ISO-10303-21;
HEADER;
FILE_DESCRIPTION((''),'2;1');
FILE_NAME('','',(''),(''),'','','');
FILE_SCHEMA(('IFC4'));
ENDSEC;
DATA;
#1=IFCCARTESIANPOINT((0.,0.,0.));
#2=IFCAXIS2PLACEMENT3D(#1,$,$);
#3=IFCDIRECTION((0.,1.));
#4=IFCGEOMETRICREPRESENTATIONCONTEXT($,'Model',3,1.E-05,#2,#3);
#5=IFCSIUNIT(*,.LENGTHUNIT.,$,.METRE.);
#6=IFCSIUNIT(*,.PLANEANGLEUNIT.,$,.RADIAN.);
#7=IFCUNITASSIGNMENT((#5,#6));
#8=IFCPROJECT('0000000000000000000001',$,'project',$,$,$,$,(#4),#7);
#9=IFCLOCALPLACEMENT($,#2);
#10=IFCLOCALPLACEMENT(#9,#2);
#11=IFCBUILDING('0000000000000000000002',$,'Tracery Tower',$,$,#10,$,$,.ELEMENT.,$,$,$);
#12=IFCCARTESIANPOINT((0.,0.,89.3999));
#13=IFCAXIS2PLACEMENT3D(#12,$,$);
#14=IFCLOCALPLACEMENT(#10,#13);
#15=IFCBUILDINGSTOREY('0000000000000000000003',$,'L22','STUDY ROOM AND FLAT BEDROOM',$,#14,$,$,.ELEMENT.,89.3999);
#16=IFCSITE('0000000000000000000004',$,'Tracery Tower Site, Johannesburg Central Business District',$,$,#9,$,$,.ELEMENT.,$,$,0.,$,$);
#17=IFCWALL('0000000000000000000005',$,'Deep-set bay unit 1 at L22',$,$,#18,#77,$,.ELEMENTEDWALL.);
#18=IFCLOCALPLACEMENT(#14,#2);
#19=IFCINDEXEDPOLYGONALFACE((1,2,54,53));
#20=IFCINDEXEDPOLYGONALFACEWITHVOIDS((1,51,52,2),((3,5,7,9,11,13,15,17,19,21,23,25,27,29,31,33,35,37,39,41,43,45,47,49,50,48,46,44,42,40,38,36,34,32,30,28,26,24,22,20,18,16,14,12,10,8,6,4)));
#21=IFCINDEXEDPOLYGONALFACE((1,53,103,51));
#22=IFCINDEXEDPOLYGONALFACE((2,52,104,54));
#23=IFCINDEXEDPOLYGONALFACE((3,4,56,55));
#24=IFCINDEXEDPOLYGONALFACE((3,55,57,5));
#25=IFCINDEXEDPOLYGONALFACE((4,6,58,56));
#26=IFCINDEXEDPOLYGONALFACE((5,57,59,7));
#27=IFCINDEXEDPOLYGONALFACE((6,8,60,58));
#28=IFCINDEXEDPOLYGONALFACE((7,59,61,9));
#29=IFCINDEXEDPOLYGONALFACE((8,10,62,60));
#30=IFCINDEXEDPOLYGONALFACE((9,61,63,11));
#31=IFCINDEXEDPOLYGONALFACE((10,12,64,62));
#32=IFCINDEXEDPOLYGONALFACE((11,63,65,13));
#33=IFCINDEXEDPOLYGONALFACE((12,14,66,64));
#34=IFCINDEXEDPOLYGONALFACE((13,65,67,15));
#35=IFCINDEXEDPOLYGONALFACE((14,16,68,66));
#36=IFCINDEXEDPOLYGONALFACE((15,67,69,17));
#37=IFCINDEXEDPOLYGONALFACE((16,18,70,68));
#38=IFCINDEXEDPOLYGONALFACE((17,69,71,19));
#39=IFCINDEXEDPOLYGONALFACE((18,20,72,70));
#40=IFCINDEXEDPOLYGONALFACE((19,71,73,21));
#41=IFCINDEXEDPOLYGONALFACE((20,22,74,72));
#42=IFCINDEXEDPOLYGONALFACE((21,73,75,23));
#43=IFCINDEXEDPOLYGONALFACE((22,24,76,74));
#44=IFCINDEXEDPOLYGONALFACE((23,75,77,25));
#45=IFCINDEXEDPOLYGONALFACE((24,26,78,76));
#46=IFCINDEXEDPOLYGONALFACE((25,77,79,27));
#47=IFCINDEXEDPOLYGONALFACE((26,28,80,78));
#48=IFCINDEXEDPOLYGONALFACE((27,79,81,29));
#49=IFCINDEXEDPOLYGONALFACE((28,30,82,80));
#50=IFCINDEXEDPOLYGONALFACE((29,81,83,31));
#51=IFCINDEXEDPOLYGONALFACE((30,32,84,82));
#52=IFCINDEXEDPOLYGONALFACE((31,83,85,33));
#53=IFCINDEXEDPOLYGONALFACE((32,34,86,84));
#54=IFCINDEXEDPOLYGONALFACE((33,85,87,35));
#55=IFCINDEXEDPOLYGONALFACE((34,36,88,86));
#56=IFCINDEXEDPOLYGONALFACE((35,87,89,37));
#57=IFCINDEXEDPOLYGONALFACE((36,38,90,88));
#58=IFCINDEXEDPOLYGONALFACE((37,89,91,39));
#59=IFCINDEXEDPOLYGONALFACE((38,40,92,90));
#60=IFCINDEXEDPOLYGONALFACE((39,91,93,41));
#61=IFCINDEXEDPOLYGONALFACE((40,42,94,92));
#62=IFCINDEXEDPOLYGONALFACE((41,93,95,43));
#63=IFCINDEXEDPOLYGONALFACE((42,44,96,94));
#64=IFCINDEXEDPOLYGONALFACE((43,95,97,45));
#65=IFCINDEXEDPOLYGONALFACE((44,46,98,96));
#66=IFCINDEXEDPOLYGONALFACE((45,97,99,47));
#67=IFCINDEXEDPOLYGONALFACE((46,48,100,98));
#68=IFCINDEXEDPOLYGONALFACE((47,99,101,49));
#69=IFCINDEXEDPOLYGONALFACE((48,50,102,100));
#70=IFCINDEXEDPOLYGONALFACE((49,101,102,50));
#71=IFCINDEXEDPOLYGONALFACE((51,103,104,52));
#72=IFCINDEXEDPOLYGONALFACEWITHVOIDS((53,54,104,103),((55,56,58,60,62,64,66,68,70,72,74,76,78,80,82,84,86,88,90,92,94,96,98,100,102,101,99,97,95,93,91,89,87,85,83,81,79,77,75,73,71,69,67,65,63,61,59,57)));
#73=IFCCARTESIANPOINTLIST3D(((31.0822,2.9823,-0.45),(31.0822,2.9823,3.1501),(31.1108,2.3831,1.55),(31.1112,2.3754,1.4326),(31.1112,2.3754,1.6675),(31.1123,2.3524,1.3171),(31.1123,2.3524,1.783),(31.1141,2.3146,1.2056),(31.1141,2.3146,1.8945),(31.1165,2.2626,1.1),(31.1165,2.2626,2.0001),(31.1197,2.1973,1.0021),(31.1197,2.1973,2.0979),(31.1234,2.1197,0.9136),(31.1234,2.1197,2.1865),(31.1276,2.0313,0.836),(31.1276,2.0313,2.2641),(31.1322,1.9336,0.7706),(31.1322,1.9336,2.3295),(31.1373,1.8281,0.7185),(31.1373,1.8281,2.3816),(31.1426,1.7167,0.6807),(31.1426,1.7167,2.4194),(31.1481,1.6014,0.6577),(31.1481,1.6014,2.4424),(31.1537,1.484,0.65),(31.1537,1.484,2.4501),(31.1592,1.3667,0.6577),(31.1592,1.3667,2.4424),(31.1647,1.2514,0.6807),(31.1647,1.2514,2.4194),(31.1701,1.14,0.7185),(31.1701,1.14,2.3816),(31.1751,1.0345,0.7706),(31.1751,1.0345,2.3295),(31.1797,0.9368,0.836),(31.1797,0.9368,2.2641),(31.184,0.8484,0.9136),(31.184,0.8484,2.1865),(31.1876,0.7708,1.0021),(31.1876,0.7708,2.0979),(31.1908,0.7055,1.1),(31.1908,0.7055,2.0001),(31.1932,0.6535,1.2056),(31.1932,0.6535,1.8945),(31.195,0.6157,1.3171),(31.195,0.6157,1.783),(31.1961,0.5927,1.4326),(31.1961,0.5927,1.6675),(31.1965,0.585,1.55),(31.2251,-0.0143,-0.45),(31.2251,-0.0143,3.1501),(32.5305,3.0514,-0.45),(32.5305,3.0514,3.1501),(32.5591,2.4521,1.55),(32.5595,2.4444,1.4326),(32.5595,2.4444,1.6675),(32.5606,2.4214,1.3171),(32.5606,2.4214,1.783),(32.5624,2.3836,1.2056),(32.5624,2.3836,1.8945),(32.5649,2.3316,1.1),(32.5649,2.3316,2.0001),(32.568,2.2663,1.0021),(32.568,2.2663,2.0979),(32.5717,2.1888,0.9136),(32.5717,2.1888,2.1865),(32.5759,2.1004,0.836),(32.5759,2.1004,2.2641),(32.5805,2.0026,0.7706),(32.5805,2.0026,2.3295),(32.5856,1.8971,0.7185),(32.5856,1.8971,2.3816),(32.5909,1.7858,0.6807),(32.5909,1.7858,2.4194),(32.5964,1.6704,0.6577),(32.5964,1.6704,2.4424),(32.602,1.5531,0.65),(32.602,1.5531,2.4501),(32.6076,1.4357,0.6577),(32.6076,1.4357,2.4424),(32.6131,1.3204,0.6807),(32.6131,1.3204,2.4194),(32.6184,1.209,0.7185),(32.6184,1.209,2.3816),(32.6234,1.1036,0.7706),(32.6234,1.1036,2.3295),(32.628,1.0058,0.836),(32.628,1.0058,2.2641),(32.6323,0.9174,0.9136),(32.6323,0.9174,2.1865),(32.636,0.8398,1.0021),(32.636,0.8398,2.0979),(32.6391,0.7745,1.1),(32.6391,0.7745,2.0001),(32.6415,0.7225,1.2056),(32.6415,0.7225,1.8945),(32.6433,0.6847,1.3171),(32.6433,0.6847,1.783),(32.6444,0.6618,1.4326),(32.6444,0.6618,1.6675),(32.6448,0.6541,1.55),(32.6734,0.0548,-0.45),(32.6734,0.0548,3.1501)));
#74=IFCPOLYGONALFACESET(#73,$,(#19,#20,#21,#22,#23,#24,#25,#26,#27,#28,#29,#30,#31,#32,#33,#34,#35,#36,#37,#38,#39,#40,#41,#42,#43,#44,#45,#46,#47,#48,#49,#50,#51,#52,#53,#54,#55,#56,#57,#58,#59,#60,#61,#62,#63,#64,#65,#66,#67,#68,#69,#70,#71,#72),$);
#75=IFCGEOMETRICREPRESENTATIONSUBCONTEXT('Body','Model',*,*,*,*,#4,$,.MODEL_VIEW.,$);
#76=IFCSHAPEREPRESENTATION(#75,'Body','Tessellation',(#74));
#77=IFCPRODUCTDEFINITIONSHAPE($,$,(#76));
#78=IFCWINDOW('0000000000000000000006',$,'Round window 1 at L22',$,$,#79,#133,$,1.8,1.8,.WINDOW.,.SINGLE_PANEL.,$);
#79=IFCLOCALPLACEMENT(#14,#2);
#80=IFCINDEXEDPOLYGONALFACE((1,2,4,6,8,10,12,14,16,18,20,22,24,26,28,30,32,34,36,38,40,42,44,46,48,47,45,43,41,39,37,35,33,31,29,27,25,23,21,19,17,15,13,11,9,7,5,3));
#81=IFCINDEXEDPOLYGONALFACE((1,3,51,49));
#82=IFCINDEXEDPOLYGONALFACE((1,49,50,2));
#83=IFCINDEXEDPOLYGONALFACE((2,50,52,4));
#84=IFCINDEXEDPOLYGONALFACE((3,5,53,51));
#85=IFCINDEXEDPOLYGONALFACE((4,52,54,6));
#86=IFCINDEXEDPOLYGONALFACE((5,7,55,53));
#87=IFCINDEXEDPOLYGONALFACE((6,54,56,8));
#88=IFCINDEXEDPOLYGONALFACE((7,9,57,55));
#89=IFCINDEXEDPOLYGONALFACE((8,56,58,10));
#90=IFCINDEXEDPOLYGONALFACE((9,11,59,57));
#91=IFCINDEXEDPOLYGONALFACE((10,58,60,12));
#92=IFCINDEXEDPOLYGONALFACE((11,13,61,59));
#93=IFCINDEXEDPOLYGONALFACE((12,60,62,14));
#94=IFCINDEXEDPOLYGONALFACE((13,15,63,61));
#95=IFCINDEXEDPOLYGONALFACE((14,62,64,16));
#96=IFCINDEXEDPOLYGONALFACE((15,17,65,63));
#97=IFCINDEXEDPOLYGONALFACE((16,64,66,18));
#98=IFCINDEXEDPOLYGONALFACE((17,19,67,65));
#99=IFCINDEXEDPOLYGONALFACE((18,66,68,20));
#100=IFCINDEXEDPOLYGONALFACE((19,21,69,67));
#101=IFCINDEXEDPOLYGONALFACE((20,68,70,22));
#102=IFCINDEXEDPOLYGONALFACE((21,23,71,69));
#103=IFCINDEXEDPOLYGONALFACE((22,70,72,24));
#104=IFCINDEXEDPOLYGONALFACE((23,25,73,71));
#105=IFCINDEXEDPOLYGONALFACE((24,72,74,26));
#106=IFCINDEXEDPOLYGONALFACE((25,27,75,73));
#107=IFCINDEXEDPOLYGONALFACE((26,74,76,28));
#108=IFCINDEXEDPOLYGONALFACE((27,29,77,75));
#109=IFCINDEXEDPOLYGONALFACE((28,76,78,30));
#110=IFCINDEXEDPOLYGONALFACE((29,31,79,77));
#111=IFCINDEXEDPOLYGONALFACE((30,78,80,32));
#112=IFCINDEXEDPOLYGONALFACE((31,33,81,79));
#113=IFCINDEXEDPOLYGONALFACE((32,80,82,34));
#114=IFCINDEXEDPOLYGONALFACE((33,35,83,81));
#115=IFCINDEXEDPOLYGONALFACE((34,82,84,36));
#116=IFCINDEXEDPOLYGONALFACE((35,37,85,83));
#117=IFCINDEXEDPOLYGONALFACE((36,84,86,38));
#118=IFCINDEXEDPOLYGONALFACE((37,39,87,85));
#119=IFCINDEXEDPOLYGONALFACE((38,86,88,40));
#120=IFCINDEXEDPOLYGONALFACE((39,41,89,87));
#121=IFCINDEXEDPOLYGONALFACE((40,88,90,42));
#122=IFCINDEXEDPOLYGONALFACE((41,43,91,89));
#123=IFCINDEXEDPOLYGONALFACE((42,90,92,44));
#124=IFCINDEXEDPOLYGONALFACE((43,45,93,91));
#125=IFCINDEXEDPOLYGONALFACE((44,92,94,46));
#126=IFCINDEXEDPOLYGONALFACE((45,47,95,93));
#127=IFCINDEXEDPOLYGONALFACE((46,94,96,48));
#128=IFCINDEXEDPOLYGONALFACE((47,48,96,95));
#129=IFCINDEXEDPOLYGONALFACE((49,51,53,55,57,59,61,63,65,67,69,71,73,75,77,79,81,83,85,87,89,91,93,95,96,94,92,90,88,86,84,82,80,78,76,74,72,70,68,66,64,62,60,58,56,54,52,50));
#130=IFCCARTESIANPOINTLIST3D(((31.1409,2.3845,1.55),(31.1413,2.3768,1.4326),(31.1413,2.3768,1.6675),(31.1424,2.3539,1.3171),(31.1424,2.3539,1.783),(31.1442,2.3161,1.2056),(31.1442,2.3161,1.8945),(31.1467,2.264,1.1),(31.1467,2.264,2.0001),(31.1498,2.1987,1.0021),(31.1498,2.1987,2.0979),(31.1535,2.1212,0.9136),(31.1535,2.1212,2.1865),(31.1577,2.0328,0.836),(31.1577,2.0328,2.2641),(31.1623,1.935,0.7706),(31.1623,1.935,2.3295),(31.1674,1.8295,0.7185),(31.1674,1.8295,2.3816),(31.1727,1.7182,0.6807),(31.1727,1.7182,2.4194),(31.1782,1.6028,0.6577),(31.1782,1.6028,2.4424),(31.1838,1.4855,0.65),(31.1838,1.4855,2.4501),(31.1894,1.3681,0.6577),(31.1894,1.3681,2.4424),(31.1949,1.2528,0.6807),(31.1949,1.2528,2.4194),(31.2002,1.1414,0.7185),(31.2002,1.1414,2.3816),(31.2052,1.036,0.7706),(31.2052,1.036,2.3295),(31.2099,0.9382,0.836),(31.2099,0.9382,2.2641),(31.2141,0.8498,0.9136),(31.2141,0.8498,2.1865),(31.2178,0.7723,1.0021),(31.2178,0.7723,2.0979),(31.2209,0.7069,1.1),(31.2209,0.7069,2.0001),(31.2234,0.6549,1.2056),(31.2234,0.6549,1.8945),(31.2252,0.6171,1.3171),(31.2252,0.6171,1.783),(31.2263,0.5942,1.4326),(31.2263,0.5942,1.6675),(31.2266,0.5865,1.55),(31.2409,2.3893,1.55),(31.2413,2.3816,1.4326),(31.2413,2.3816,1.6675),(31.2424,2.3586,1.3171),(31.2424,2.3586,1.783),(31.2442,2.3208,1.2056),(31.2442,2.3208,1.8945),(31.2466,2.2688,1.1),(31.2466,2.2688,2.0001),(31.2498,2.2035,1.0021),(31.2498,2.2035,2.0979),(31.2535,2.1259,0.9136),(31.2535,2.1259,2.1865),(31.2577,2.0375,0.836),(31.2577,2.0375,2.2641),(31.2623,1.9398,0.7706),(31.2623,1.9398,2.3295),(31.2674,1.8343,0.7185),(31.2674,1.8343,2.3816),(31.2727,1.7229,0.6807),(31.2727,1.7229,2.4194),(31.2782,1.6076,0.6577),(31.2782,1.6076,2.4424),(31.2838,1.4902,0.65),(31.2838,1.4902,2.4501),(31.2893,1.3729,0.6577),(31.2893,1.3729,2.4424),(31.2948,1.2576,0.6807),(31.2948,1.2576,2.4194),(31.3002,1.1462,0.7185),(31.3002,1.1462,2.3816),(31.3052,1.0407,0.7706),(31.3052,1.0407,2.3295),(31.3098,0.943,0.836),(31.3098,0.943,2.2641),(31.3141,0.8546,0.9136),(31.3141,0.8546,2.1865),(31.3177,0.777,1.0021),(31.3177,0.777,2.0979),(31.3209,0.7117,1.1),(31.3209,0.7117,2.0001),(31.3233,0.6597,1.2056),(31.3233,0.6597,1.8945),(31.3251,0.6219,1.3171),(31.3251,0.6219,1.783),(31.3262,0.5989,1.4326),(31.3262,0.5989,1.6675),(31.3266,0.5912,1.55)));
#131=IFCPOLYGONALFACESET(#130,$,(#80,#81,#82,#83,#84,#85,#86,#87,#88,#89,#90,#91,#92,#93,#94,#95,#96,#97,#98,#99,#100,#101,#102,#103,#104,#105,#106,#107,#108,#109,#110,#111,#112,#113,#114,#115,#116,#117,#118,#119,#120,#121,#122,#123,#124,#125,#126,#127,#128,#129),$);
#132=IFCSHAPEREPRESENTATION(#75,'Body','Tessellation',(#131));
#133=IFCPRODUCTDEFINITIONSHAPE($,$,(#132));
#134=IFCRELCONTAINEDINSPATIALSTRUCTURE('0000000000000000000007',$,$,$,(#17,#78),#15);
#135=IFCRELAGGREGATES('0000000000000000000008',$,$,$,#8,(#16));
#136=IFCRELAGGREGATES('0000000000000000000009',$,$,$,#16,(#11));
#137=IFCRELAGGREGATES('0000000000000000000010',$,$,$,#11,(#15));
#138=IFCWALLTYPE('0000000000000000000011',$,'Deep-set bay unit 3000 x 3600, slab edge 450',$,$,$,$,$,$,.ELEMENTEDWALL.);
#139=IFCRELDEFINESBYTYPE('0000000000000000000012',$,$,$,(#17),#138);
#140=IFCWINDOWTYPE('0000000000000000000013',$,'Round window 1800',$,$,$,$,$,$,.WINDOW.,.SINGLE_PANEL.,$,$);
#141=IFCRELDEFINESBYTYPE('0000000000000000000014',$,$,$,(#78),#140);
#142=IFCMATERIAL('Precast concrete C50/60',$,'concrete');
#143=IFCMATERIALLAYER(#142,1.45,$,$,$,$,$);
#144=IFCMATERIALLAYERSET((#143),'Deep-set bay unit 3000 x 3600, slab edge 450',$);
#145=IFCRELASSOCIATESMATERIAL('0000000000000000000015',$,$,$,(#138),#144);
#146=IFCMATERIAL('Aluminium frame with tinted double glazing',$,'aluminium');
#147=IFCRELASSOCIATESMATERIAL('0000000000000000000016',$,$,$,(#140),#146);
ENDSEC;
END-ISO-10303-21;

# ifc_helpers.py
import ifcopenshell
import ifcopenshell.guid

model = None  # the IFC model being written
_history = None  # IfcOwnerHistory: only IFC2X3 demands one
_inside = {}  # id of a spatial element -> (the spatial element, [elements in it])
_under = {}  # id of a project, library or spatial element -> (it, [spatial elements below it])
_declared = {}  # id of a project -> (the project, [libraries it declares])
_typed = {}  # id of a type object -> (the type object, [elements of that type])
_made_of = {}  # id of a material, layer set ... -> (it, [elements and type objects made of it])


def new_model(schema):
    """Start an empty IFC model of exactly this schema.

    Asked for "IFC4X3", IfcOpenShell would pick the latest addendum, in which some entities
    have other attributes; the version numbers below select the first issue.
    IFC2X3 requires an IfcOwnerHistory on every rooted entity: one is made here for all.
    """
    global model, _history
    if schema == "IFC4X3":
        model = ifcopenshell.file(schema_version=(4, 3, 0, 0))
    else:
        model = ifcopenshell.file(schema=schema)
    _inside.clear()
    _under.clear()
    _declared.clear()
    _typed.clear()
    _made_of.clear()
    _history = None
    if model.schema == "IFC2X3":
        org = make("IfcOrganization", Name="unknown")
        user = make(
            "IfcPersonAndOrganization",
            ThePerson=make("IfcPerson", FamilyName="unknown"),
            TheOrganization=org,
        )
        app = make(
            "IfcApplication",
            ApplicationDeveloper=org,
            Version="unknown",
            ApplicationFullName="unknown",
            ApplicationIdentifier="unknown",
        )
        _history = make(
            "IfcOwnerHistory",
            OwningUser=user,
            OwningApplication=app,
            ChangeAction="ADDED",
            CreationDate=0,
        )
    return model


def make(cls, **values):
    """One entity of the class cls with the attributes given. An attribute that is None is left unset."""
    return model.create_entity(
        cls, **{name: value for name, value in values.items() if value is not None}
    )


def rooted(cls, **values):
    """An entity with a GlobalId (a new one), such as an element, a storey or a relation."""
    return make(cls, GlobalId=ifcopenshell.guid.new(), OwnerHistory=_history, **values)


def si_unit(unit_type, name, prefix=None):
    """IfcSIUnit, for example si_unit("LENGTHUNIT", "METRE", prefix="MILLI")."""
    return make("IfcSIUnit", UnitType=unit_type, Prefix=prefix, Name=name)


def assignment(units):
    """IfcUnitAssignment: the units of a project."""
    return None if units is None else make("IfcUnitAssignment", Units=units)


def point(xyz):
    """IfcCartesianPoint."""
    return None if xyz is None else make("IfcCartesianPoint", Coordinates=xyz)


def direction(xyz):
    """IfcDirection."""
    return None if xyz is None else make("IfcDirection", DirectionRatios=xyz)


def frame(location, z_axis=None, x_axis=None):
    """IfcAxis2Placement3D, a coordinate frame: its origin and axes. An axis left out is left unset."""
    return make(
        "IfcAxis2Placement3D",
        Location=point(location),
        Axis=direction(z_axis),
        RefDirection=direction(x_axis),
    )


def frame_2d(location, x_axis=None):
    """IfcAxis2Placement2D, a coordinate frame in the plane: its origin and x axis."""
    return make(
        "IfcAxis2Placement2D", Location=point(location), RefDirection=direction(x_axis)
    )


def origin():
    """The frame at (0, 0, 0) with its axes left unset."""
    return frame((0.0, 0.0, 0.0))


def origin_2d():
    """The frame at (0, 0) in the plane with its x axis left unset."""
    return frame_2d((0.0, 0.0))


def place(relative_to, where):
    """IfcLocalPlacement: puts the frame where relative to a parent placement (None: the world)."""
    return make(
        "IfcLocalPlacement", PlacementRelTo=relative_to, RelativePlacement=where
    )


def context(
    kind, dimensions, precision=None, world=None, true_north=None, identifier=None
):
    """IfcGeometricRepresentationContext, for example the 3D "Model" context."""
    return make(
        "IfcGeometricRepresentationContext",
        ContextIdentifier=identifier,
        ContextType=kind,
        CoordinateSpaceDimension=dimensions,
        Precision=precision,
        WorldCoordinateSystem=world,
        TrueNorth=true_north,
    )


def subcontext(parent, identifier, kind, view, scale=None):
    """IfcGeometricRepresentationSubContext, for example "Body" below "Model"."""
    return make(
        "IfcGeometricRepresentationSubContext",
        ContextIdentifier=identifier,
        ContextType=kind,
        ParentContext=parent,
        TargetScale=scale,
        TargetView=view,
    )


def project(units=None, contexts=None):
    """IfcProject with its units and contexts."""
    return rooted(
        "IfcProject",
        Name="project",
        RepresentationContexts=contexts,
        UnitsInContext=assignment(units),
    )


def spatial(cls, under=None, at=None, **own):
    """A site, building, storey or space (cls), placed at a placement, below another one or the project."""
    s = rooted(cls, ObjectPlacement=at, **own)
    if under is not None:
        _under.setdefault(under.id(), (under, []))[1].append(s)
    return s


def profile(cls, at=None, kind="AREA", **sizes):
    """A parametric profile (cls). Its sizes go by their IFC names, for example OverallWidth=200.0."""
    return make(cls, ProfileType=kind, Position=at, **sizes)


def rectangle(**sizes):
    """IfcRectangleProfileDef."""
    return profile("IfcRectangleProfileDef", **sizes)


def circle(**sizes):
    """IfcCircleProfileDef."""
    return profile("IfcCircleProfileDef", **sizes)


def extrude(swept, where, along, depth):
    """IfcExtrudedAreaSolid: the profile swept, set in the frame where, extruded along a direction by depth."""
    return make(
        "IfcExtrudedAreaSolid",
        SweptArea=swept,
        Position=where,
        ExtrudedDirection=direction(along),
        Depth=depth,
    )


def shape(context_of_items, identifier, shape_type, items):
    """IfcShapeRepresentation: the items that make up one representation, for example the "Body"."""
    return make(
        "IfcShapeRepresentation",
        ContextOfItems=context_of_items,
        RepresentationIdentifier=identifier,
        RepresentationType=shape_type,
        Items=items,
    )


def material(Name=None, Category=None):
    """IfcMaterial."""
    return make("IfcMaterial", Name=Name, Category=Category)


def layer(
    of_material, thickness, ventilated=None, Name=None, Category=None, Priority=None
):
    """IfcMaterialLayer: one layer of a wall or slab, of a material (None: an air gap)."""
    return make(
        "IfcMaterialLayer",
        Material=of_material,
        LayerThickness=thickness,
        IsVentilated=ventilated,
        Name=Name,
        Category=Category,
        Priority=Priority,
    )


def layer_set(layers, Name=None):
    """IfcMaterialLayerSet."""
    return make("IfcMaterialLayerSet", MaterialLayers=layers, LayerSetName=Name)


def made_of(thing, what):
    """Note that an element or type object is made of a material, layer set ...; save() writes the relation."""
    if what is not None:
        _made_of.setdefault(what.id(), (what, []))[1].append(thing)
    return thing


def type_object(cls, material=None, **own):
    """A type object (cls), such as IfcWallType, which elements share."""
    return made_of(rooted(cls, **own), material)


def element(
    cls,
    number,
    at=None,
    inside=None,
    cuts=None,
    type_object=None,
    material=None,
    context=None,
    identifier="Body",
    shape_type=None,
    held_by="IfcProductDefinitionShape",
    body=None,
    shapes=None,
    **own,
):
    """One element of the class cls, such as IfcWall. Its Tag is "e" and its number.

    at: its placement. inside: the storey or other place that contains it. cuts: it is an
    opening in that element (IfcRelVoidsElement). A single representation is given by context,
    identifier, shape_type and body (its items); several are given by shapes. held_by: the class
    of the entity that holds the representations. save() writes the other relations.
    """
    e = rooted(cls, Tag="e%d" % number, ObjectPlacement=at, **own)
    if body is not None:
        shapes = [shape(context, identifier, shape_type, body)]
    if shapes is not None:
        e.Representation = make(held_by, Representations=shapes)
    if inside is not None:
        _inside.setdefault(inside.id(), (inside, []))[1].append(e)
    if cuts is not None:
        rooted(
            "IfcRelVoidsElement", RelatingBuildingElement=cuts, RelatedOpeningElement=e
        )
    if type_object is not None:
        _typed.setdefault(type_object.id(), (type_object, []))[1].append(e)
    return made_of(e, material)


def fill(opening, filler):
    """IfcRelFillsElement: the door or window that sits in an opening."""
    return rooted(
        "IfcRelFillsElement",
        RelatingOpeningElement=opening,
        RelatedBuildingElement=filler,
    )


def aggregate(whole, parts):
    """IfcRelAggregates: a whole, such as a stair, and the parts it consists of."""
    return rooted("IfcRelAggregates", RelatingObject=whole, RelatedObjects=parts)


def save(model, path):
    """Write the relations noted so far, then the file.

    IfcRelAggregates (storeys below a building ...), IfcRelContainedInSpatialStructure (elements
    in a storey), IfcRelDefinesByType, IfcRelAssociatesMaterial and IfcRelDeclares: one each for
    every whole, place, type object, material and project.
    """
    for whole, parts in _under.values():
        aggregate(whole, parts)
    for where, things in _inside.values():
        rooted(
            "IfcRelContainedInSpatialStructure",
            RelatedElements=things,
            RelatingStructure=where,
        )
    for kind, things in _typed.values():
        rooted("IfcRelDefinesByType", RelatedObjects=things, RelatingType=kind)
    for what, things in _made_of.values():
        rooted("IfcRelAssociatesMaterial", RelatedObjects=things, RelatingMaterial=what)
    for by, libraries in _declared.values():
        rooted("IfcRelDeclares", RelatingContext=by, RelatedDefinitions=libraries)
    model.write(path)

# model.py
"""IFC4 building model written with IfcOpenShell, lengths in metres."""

from ifc_helpers import new_model, si_unit, direction, frame, frame_2d, origin, origin_2d, place, context, subcontext, project, spatial, rectangle, circle, extrude, material, layer, layer_set, type_object, element, fill, save


model = new_model("IFC4")

# Units and contexts
model_context = context("Model", 3, precision=1e-05, world=origin(), true_north=direction((0.0, 1.0)))
body_context = subcontext(model_context, "Body", "Model", "MODEL_VIEW")
ifc_project = project(units=[si_unit("LENGTHUNIT", "METRE"), si_unit("PLANEANGLEUNIT", "RADIAN")], contexts=[model_context])

# Site, building, storey
site_placement = place(None, origin())
site = spatial("IfcSite", under=ifc_project, at=site_placement, Name="Tracery Tower Site, Johannesburg Central Business District", CompositionType="ELEMENT", RefElevation=0.0)
building_placement = place(site_placement, origin())
building = spatial("IfcBuilding", under=site, at=building_placement, Name="Tracery Tower", CompositionType="ELEMENT")
storey_placement = place(building_placement, frame((0.0, 0.0, 89.3999)))
storey = spatial("IfcBuildingStorey", under=building, at=storey_placement, Name="L22", Description="STUDY ROOM AND FLAT BEDROOM", CompositionType="ELEMENT", Elevation=89.3999)

# Wall, opening, window
ifc_material_1 = material(Name="Precast concrete C50/60", Category="concrete")
ifc_layer_1 = layer(ifc_material_1, 1.45)
ifc_layer_set_1 = layer_set([ifc_layer_1], Name="Deep-set bay unit 3000 x 3600, slab edge 450")
wall_type_1 = type_object("IfcWallType", Name="Deep-set bay unit 3000 x 3600, slab edge 450", PredefinedType="ELEMENTEDWALL", material=ifc_layer_set_1)
wall_1_placement = place(storey_placement, frame((31.9492, 0.0203, -0.45), z_axis=(0.0, 0.0, 1.0), x_axis=(-0.047608, 0.998866, 0.0)))
wall_1 = element("IfcWall", 1, at=wall_1_placement, inside=storey, type_object=wall_type_1, Name="Deep-set bay unit 1 at L22", PredefinedType="ELEMENTEDWALL", context=body_context, shape_type="SweptSolid", body=[
    extrude(rectangle(XDim=3.0, YDim=1.45, at=frame_2d((1.5, 0.0))), origin(), (0.0, 0.0, 1.0), 3.6001),
])
opening_1_placement = place(wall_1_placement, frame((1.5, 0.0, 2.0)))
opening_1 = element("IfcOpeningElement", 2, at=opening_1_placement, cuts=wall_1, PredefinedType="OPENING", context=body_context, shape_type="SweptSolid", body=[
    extrude(circle(Radius=0.9, at=origin_2d()), frame((0.0, 0.7349, 0.0), z_axis=(0.0, -1.0, 0.0), x_axis=(1.0, 0.0, 0.0)), (0.0, 0.0, 1.0), 1.47),
])
ifc_material_2 = material(Name="Aluminium frame with tinted double glazing", Category="aluminium")
window_type = type_object("IfcWindowType", Name="Round window 1800", PartitioningType="SINGLE_PANEL", PredefinedType="WINDOW", material=ifc_material_2)
window_1_placement = place(opening_1_placement, origin())
window_1 = element("IfcWindow", 3, at=window_1_placement, inside=storey, type_object=window_type, Name="Round window 1 at L22", OverallHeight=1.8, OverallWidth=1.8, PartitioningType="SINGLE_PANEL", PredefinedType="WINDOW", context=body_context, shape_type="SweptSolid", body=[
    extrude(circle(Radius=0.9, at=origin_2d()), frame((0.0, 0.6948, 0.0), z_axis=(0.0, -1.0, 0.0), x_axis=(1.0, 0.0, 0.0)), (0.0, 0.0, 1.0), 0.1001),
])
fill(opening_1, window_1)

save(model, "model.ifc")
